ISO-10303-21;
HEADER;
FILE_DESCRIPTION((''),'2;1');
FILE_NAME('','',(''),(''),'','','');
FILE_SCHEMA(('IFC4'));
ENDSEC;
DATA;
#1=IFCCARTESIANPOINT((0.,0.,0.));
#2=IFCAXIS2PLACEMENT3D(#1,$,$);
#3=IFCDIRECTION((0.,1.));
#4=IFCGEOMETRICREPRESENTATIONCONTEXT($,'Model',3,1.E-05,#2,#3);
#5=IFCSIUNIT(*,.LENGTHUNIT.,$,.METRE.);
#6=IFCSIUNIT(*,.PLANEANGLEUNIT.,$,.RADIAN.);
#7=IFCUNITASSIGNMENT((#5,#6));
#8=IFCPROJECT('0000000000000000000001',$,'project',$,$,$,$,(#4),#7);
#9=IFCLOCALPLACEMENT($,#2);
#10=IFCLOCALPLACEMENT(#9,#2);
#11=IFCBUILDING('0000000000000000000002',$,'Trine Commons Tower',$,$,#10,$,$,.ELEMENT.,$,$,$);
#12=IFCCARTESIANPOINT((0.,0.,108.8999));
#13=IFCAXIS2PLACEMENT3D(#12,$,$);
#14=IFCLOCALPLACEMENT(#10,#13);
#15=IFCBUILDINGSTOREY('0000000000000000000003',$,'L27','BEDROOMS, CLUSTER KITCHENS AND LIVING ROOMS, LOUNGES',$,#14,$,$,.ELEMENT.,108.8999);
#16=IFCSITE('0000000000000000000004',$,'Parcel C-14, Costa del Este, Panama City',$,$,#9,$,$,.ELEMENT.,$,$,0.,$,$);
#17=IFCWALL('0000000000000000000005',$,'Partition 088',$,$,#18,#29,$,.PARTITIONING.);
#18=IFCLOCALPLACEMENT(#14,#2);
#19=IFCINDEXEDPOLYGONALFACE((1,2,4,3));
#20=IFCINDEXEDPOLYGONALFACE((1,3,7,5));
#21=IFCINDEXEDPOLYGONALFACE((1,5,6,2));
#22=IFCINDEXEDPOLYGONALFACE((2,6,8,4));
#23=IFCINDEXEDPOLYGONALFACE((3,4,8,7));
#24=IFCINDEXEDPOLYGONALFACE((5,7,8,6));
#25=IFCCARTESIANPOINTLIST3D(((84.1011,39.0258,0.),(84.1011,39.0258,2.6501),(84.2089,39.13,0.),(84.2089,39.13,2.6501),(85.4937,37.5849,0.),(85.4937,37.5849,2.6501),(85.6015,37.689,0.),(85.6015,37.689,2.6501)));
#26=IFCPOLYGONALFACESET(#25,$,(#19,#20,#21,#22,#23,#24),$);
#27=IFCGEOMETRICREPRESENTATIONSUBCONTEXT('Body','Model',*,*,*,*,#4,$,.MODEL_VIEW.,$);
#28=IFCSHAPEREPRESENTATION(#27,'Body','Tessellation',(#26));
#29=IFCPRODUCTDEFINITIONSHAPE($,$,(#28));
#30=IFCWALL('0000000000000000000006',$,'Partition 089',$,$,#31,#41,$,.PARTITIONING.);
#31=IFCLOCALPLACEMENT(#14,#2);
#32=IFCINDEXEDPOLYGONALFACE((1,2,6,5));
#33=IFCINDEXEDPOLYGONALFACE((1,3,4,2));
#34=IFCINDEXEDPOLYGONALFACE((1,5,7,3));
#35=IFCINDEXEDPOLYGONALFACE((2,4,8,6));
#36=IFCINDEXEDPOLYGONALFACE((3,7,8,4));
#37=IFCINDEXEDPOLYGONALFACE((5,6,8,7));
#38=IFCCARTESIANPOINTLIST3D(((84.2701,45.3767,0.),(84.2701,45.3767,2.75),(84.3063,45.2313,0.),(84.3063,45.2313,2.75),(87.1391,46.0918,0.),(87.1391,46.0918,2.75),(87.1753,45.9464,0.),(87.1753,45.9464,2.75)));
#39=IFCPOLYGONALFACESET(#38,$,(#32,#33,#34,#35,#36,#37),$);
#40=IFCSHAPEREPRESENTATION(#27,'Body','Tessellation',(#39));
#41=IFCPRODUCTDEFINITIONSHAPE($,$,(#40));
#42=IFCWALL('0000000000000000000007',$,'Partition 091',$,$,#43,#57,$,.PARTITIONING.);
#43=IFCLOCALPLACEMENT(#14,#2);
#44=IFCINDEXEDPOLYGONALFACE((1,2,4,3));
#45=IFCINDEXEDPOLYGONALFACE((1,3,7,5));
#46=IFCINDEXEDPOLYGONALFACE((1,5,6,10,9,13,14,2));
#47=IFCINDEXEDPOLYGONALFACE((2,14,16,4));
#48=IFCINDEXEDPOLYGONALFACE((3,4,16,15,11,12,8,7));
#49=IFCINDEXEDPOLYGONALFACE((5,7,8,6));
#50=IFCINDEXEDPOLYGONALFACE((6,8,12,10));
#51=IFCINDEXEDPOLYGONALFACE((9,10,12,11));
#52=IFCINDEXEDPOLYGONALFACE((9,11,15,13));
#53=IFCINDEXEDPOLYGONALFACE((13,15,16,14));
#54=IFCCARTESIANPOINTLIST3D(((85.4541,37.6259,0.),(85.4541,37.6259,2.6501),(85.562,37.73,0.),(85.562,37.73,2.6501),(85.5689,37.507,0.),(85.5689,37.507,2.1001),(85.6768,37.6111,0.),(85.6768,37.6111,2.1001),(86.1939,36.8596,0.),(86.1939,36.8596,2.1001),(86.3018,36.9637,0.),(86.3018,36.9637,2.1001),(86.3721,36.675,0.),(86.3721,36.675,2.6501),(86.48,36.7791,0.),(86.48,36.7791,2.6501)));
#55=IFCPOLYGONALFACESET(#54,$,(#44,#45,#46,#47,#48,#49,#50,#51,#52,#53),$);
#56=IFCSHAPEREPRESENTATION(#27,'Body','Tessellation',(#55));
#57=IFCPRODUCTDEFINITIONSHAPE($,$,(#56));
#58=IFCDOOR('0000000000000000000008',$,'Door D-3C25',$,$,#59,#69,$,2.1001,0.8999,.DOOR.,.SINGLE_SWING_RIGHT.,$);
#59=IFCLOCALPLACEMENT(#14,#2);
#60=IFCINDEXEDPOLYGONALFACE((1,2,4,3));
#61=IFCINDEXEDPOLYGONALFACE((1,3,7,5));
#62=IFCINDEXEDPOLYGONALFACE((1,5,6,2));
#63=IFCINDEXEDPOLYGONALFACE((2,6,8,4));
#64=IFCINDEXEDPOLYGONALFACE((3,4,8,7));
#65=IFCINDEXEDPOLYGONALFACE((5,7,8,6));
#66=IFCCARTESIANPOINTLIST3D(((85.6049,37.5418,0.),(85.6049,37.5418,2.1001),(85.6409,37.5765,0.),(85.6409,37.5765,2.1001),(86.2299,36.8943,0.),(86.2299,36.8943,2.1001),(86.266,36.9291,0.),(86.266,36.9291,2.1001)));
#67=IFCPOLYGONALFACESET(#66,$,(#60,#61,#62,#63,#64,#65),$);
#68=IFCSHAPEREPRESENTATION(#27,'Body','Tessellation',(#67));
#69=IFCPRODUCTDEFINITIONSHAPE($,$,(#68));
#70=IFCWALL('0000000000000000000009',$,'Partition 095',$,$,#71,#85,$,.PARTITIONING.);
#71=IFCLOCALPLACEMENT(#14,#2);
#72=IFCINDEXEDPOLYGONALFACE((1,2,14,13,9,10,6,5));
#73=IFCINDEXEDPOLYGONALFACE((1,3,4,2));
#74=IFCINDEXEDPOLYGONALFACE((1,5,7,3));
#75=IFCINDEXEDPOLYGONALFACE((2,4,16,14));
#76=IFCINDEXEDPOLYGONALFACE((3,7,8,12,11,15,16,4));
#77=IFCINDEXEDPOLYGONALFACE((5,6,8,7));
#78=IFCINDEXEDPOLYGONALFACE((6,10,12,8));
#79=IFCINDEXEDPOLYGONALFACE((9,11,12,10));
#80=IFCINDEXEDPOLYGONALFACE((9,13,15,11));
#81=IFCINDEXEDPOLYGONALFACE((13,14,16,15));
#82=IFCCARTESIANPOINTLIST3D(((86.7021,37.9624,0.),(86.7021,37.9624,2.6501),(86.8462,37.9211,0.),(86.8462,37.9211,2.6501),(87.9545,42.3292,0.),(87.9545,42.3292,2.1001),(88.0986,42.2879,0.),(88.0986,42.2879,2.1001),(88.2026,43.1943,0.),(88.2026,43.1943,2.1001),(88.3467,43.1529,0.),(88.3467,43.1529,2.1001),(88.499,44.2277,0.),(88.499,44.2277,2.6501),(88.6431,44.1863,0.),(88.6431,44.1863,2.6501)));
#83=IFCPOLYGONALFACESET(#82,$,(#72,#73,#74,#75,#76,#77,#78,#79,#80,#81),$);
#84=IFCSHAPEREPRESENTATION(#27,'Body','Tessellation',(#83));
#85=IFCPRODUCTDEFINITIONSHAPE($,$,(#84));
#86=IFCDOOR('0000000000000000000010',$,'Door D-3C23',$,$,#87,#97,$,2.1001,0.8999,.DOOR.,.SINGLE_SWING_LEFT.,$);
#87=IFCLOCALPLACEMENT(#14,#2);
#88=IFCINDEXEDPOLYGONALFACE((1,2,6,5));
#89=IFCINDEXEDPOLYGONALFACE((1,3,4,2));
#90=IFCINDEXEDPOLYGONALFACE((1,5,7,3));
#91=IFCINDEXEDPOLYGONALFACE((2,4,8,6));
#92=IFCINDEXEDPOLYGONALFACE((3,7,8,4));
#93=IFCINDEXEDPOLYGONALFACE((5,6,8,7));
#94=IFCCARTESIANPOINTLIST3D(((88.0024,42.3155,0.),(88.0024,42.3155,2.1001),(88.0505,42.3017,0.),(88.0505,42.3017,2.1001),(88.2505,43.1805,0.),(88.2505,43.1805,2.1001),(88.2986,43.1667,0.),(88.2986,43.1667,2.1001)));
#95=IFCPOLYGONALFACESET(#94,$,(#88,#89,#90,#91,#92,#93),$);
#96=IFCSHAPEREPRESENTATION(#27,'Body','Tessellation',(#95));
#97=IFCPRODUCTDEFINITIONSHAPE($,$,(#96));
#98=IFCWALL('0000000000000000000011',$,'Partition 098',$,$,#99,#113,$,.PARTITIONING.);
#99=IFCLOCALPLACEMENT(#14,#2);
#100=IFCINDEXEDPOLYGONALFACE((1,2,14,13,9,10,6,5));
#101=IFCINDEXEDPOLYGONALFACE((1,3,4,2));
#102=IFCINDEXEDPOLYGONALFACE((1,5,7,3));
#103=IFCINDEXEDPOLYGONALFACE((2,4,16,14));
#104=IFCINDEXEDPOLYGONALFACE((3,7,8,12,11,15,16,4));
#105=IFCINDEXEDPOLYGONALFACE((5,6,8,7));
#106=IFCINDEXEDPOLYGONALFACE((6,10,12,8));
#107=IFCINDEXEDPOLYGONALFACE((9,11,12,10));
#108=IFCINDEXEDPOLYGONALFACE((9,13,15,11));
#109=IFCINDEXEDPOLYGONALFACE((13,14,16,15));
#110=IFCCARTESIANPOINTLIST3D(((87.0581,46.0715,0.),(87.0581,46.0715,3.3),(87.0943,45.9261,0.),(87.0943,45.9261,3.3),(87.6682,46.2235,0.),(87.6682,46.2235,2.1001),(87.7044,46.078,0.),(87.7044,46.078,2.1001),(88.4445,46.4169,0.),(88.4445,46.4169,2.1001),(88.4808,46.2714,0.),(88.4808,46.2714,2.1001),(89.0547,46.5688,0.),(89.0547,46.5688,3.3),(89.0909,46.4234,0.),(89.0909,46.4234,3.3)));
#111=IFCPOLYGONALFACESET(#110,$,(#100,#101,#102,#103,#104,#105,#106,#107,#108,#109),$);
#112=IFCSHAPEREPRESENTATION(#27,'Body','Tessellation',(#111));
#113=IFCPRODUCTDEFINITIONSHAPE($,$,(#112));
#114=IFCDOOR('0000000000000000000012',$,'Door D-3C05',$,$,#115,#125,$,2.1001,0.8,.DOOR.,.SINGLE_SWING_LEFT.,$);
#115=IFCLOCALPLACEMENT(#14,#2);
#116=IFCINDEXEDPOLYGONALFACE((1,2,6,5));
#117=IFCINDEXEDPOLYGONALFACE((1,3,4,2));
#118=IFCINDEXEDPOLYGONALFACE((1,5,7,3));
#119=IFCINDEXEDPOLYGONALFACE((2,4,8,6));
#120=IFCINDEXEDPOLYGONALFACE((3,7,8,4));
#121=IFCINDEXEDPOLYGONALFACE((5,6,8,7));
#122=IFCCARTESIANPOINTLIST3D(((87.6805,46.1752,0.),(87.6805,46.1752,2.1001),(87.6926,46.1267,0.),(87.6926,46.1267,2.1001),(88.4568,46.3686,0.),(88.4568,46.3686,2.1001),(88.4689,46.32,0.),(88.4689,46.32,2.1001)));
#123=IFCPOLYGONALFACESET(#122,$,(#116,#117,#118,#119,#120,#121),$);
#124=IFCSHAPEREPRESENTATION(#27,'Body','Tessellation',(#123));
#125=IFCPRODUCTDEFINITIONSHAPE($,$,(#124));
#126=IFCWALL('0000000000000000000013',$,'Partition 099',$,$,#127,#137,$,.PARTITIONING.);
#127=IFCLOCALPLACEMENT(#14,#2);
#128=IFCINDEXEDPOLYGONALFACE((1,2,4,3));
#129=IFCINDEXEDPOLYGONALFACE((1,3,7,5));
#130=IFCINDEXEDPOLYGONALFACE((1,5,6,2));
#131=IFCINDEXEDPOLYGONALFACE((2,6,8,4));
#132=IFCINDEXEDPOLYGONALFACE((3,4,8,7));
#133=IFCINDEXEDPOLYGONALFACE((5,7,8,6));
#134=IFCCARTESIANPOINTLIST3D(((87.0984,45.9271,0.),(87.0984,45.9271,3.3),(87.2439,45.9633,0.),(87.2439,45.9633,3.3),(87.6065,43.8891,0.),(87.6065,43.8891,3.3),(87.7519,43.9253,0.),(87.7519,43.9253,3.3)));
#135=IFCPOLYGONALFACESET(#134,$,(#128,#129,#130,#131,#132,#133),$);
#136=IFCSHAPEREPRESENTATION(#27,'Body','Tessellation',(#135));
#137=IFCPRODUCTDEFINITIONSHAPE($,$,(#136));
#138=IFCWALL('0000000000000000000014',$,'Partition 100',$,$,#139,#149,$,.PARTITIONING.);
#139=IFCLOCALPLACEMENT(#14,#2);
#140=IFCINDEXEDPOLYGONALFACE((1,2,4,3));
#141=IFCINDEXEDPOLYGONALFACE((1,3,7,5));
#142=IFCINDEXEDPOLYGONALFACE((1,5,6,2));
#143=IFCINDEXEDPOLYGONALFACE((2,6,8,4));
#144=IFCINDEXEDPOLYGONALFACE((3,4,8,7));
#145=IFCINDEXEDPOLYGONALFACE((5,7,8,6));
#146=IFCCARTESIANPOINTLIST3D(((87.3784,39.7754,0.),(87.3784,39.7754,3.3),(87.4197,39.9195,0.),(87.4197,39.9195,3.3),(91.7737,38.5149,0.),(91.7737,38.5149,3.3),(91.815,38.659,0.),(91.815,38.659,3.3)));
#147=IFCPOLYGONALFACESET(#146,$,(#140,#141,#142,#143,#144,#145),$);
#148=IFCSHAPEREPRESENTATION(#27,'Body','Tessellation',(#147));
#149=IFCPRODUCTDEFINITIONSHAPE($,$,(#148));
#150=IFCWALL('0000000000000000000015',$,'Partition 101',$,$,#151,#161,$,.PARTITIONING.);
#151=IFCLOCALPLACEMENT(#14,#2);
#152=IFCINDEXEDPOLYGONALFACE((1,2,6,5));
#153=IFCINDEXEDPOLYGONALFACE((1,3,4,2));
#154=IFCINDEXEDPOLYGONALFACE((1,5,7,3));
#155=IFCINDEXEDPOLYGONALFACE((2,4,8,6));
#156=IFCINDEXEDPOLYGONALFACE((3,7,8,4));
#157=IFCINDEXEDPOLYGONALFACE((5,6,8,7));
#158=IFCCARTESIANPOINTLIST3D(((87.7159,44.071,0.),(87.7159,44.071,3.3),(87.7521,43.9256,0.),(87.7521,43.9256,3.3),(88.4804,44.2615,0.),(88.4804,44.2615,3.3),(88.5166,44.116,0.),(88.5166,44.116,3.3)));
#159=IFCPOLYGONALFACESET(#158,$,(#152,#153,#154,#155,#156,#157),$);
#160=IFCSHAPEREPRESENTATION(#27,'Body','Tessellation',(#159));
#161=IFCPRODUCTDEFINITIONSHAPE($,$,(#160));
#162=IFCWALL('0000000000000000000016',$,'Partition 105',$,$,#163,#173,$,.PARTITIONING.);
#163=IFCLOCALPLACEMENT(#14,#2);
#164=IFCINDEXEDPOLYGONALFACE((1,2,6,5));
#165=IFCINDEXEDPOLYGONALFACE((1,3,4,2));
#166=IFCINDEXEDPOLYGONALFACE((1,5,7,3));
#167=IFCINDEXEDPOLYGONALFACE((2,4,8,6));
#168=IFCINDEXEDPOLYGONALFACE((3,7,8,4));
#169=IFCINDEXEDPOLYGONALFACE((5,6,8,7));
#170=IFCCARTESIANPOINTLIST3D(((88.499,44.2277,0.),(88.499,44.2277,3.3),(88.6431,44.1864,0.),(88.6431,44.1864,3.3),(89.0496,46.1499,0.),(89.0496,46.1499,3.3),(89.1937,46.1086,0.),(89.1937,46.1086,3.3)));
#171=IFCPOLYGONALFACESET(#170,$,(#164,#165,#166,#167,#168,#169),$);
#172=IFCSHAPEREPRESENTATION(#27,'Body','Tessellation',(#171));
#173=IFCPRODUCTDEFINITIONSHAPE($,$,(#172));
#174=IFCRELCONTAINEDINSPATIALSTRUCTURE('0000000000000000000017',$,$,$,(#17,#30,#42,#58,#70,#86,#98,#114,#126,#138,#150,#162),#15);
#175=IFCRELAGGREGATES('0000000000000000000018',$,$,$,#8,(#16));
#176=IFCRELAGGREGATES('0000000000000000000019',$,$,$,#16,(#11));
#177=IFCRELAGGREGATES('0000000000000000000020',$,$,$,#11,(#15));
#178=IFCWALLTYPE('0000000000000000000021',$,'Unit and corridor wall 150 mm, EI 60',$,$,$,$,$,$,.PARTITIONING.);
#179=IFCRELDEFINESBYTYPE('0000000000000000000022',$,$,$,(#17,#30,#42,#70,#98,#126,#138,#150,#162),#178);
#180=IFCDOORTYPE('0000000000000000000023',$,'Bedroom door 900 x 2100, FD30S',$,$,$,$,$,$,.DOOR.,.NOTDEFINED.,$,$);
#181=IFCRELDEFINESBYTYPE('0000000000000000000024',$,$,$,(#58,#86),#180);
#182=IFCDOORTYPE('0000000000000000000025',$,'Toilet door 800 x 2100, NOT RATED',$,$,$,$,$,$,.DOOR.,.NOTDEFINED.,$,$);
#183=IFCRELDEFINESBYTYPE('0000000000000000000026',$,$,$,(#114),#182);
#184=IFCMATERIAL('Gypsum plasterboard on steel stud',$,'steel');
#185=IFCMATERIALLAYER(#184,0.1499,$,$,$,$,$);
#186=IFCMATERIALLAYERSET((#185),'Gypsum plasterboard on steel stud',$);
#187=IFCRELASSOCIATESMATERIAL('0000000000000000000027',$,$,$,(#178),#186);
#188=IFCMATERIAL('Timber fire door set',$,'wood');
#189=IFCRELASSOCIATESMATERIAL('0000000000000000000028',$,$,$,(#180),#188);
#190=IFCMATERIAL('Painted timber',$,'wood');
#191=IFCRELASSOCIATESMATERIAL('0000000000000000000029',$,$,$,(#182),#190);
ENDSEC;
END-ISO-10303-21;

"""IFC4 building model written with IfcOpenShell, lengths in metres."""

from ifc_helpers import new_model, si_unit, direction, frame, frame_2d, origin, place, context, subcontext, project, spatial, rectangle, extrude, material, layer, layer_set, type_object, element, fill, save


model = new_model("IFC4")

# Units and contexts
model_context = context("Model", 3, precision=1e-05, world=origin(), true_north=direction((0.0, 1.0)))
body_context = subcontext(model_context, "Body", "Model", "MODEL_VIEW")
ifc_project = project(units=[si_unit("LENGTHUNIT", "METRE"), si_unit("PLANEANGLEUNIT", "RADIAN")], contexts=[model_context])

# Site, building, storey
site_placement = place(None, origin())
site = spatial("IfcSite", under=ifc_project, at=site_placement, Name="Parcel C-14, Costa del Este, Panama City", CompositionType="ELEMENT", RefElevation=0.0)
building_placement = place(site_placement, origin())
building = spatial("IfcBuilding", under=site, at=building_placement, Name="Trine Commons Tower", CompositionType="ELEMENT")
storey_placement = place(building_placement, frame((0.0, 0.0, 108.8999)))
storey = spatial("IfcBuildingStorey", under=building, at=storey_placement, Name="L27", Description="BEDROOMS, CLUSTER KITCHENS AND LIVING ROOMS, LOUNGES", CompositionType="ELEMENT", Elevation=108.8999)

# Walls
ifc_material_1 = material(Name="Gypsum plasterboard on steel stud", Category="steel")
ifc_layer_1 = layer(ifc_material_1, 0.1499)
ifc_layer_set_1 = layer_set([ifc_layer_1], Name="Gypsum plasterboard on steel stud")
wall_type_1 = type_object("IfcWallType", Name="Unit and corridor wall 150 mm, EI 60", PredefinedType="PARTITIONING", material=ifc_layer_set_1)
wall_1_placement = place(storey_placement, frame((84.155, 39.0779, 0.0), z_axis=(0.0, 0.0, 1.0), x_axis=(0.694942, -0.719065, 0.0)))
element("IfcWall", 1, at=wall_1_placement, inside=storey, type_object=wall_type_1, Name="Partition 088", PredefinedType="PARTITIONING", context=body_context, shape_type="SweptSolid", body=[
    extrude(rectangle(XDim=2.0039, YDim=0.1499, at=frame_2d((1.002, 0.0))), origin(), (0.0, 0.0, 1.0), 2.6501),
])
wall_2_placement = place(storey_placement, frame((84.2881, 45.304, 0.0), z_axis=(0.0, 0.0, 1.0), x_axis=(0.970312, 0.241856, 0.0)))
element("IfcWall", 2, at=wall_2_placement, inside=storey, type_object=wall_type_1, Name="Partition 089", PredefinedType="PARTITIONING", context=body_context, shape_type="SweptSolid", body=[
    extrude(rectangle(XDim=2.9568, YDim=0.1499, at=frame_2d((1.4785, 0.0))), origin(), (0.0, 0.0, 1.0), 2.75),
])

# Walls, openings, doors
wall_3_placement = place(storey_placement, frame((85.5081, 37.678, 0.0), z_axis=(0.0, 0.0, 1.0), x_axis=(0.694529, -0.719465, 0.0)))
wall_3 = element("IfcWall", 3, at=wall_3_placement, inside=storey, type_object=wall_type_1, Name="Partition 091", PredefinedType="PARTITIONING", context=body_context, shape_type="SweptSolid", body=[
    extrude(rectangle(XDim=1.3218, YDim=0.1499, at=frame_2d((0.6609, 0.0))), origin(), (0.0, 0.0, 1.0), 2.6501),
])
opening_1_placement = place(wall_3_placement, frame((0.1653, 0.0, 0.0)))
opening_1 = element("IfcOpeningElement", 4, at=opening_1_placement, cuts=wall_3, PredefinedType="OPENING", context=body_context, shape_type="SweptSolid", body=[
    extrude(rectangle(XDim=0.8999, YDim=2.1001, at=frame_2d((0.45, 1.05))), frame((0.0, 0.085, 0.0), z_axis=(0.0, -1.0, 0.0), x_axis=(1.0, 0.0, 0.0)), (0.0, 0.0, 1.0), 0.1699),
])
ifc_material_2 = material(Name="Timber fire door set", Category="wood")
door_type_1 = type_object("IfcDoorType", Name="Bedroom door 900 x 2100, FD30S", OperationType="NOTDEFINED", PredefinedType="DOOR", material=ifc_material_2)
door_1_placement = place(opening_1_placement, frame((0.8999, 0.0, 0.0), z_axis=(0.0, 0.0, 1.0), x_axis=(-1.0, 0.0, 0.0)))
door_1 = element("IfcDoor", 5, at=door_1_placement, inside=storey, type_object=door_type_1, Name="Door D-3C25", OperationType="SINGLE_SWING_RIGHT", OverallHeight=2.1001, OverallWidth=0.8999, PredefinedType="DOOR", context=body_context, shape_type="SweptSolid", body=[
    extrude(rectangle(XDim=0.8999, YDim=2.1001, at=frame_2d((0.45, 1.05))), frame((0.0, 0.0249, 0.0), z_axis=(0.0, -1.0, 0.0), x_axis=(1.0, 0.0, 0.0)), (0.0, 0.0, 1.0), 0.05),
])
fill(opening_1, door_1)
wall_4_placement = place(storey_placement, frame((86.7742, 37.9419, 0.0), z_axis=(0.0, 0.0, 1.0), x_axis=(0.275691, 0.961246, 0.0)))
wall_4 = element("IfcWall", 6, at=wall_4_placement, inside=storey, type_object=wall_type_1, Name="Partition 095", PredefinedType="PARTITIONING", context=body_context, shape_type="SweptSolid", body=[
    extrude(rectangle(XDim=6.5178, YDim=0.1499, at=frame_2d((3.2588, 0.0))), origin(), (0.0, 0.0, 1.0), 2.6501),
])
opening_2_placement = place(wall_4_placement, frame((4.5427, 0.0, 0.0)))
opening_2 = element("IfcOpeningElement", 7, at=opening_2_placement, cuts=wall_4, PredefinedType="OPENING", context=body_context, shape_type="SweptSolid", body=[
    extrude(rectangle(XDim=0.8999, YDim=2.1001, at=frame_2d((0.45, 1.05))), frame((0.0, 0.085, 0.0), z_axis=(0.0, -1.0, 0.0), x_axis=(1.0, 0.0, 0.0)), (0.0, 0.0, 1.0), 0.1699),
])
door_2_placement = place(opening_2_placement, frame((0.8999, 0.0, 0.0), z_axis=(0.0, 0.0, 1.0), x_axis=(-1.0, 0.0, 0.0)))
door_2 = element("IfcDoor", 8, at=door_2_placement, inside=storey, type_object=door_type_1, Name="Door D-3C23", OperationType="SINGLE_SWING_LEFT", OverallHeight=2.1001, OverallWidth=0.8999, PredefinedType="DOOR", context=body_context, shape_type="SweptSolid", body=[
    extrude(rectangle(XDim=0.8999, YDim=2.1001, at=frame_2d((0.45, 1.05))), frame((0.0, 0.0249, 0.0), z_axis=(0.0, -1.0, 0.0), x_axis=(1.0, 0.0, 0.0)), (0.0, 0.0, 1.0), 0.05),
])
fill(opening_2, door_2)
wall_5_placement = place(storey_placement, frame((87.0762, 45.9988, 0.0), z_axis=(0.0, 0.0, 1.0), x_axis=(0.970352, 0.241698, 0.0)))
wall_5 = element("IfcWall", 9, at=wall_5_placement, inside=storey, type_object=wall_type_1, Name="Partition 098", PredefinedType="PARTITIONING", context=body_context, shape_type="SweptSolid", body=[
    extrude(rectangle(XDim=2.0576, YDim=0.1499, at=frame_2d((1.0288, 0.0))), origin(), (0.0, 0.0, 1.0), 3.3),
])
opening_3_placement = place(wall_5_placement, frame((0.6289, 0.0, 0.0)))
opening_3 = element("IfcOpeningElement", 10, at=opening_3_placement, cuts=wall_5, PredefinedType="OPENING", context=body_context, shape_type="SweptSolid", body=[
    extrude(rectangle(XDim=0.8, YDim=2.1001, at=frame_2d((0.3999, 1.05))), frame((0.0, 0.085, 0.0), z_axis=(0.0, -1.0, 0.0), x_axis=(1.0, 0.0, 0.0)), (0.0, 0.0, 1.0), 0.1699),
])
ifc_material_3 = material(Name="Painted timber", Category="wood")
door_type_2 = type_object("IfcDoorType", Name="Toilet door 800 x 2100, NOT RATED", OperationType="NOTDEFINED", PredefinedType="DOOR", material=ifc_material_3)
door_3_placement = place(opening_3_placement, frame((0.8, 0.0, 0.0), z_axis=(0.0, 0.0, 1.0), x_axis=(-1.0, 0.0, 0.0)))
door_3 = element("IfcDoor", 11, at=door_3_placement, inside=storey, type_object=door_type_2, Name="Door D-3C05", OperationType="SINGLE_SWING_LEFT", OverallHeight=2.1001, OverallWidth=0.8, PredefinedType="DOOR", context=body_context, shape_type="SweptSolid", body=[
    extrude(rectangle(XDim=0.8, YDim=2.1001, at=frame_2d((0.3999, 1.05))), frame((0.0, 0.0249, 0.0), z_axis=(0.0, -1.0, 0.0), x_axis=(1.0, 0.0, 0.0)), (0.0, 0.0, 1.0), 0.05),
])
fill(opening_3, door_3)

# Walls
wall_6_placement = place(storey_placement, frame((87.1711, 45.9453, 0.0), z_axis=(0.0, 0.0, 1.0), x_axis=(0.241879, -0.970306, 0.0)))
element("IfcWall", 12, at=wall_6_placement, inside=storey, type_object=wall_type_1, Name="Partition 099", PredefinedType="PARTITIONING", context=body_context, shape_type="SweptSolid", body=[
    extrude(rectangle(XDim=2.1003, YDim=0.1499, at=frame_2d((1.0503, 0.0))), origin(), (0.0, 0.0, 1.0), 3.3),
])
wall_7_placement = place(storey_placement, frame((87.3992, 39.8474, 0.0), z_axis=(0.0, 0.0, 1.0), x_axis=(0.961251, -0.275673, 0.0)))
element("IfcWall", 13, at=wall_7_placement, inside=storey, type_object=wall_type_1, Name="Partition 100", PredefinedType="PARTITIONING", context=body_context, shape_type="SweptSolid", body=[
    extrude(rectangle(XDim=4.5725, YDim=0.1499, at=frame_2d((2.2861, 0.0))), origin(), (0.0, 0.0, 1.0), 3.3),
])
wall_8_placement = place(storey_placement, frame((87.7339, 43.9983, 0.0), z_axis=(0.0, 0.0, 1.0), x_axis=(0.970343, 0.241733, 0.0)))
element("IfcWall", 14, at=wall_8_placement, inside=storey, type_object=wall_type_1, Name="Partition 101", PredefinedType="PARTITIONING", context=body_context, shape_type="SweptSolid", body=[
    extrude(rectangle(XDim=0.7878, YDim=0.1499, at=frame_2d((0.394, 0.0))), origin(), (0.0, 0.0, 1.0), 3.3),
])
wall_9_placement = place(storey_placement, frame((88.571, 44.207, 0.0), z_axis=(0.0, 0.0, 1.0), x_axis=(0.27535, 0.961344, 0.0)))
element("IfcWall", 15, at=wall_9_placement, inside=storey, type_object=wall_type_1, Name="Partition 105", PredefinedType="PARTITIONING", context=body_context, shape_type="SweptSolid", body=[
    extrude(rectangle(XDim=1.9995, YDim=0.1499, at=frame_2d((0.9998, 0.0))), origin(), (0.0, 0.0, 1.0), 3.3),
])

save(model, "model.ifc")
